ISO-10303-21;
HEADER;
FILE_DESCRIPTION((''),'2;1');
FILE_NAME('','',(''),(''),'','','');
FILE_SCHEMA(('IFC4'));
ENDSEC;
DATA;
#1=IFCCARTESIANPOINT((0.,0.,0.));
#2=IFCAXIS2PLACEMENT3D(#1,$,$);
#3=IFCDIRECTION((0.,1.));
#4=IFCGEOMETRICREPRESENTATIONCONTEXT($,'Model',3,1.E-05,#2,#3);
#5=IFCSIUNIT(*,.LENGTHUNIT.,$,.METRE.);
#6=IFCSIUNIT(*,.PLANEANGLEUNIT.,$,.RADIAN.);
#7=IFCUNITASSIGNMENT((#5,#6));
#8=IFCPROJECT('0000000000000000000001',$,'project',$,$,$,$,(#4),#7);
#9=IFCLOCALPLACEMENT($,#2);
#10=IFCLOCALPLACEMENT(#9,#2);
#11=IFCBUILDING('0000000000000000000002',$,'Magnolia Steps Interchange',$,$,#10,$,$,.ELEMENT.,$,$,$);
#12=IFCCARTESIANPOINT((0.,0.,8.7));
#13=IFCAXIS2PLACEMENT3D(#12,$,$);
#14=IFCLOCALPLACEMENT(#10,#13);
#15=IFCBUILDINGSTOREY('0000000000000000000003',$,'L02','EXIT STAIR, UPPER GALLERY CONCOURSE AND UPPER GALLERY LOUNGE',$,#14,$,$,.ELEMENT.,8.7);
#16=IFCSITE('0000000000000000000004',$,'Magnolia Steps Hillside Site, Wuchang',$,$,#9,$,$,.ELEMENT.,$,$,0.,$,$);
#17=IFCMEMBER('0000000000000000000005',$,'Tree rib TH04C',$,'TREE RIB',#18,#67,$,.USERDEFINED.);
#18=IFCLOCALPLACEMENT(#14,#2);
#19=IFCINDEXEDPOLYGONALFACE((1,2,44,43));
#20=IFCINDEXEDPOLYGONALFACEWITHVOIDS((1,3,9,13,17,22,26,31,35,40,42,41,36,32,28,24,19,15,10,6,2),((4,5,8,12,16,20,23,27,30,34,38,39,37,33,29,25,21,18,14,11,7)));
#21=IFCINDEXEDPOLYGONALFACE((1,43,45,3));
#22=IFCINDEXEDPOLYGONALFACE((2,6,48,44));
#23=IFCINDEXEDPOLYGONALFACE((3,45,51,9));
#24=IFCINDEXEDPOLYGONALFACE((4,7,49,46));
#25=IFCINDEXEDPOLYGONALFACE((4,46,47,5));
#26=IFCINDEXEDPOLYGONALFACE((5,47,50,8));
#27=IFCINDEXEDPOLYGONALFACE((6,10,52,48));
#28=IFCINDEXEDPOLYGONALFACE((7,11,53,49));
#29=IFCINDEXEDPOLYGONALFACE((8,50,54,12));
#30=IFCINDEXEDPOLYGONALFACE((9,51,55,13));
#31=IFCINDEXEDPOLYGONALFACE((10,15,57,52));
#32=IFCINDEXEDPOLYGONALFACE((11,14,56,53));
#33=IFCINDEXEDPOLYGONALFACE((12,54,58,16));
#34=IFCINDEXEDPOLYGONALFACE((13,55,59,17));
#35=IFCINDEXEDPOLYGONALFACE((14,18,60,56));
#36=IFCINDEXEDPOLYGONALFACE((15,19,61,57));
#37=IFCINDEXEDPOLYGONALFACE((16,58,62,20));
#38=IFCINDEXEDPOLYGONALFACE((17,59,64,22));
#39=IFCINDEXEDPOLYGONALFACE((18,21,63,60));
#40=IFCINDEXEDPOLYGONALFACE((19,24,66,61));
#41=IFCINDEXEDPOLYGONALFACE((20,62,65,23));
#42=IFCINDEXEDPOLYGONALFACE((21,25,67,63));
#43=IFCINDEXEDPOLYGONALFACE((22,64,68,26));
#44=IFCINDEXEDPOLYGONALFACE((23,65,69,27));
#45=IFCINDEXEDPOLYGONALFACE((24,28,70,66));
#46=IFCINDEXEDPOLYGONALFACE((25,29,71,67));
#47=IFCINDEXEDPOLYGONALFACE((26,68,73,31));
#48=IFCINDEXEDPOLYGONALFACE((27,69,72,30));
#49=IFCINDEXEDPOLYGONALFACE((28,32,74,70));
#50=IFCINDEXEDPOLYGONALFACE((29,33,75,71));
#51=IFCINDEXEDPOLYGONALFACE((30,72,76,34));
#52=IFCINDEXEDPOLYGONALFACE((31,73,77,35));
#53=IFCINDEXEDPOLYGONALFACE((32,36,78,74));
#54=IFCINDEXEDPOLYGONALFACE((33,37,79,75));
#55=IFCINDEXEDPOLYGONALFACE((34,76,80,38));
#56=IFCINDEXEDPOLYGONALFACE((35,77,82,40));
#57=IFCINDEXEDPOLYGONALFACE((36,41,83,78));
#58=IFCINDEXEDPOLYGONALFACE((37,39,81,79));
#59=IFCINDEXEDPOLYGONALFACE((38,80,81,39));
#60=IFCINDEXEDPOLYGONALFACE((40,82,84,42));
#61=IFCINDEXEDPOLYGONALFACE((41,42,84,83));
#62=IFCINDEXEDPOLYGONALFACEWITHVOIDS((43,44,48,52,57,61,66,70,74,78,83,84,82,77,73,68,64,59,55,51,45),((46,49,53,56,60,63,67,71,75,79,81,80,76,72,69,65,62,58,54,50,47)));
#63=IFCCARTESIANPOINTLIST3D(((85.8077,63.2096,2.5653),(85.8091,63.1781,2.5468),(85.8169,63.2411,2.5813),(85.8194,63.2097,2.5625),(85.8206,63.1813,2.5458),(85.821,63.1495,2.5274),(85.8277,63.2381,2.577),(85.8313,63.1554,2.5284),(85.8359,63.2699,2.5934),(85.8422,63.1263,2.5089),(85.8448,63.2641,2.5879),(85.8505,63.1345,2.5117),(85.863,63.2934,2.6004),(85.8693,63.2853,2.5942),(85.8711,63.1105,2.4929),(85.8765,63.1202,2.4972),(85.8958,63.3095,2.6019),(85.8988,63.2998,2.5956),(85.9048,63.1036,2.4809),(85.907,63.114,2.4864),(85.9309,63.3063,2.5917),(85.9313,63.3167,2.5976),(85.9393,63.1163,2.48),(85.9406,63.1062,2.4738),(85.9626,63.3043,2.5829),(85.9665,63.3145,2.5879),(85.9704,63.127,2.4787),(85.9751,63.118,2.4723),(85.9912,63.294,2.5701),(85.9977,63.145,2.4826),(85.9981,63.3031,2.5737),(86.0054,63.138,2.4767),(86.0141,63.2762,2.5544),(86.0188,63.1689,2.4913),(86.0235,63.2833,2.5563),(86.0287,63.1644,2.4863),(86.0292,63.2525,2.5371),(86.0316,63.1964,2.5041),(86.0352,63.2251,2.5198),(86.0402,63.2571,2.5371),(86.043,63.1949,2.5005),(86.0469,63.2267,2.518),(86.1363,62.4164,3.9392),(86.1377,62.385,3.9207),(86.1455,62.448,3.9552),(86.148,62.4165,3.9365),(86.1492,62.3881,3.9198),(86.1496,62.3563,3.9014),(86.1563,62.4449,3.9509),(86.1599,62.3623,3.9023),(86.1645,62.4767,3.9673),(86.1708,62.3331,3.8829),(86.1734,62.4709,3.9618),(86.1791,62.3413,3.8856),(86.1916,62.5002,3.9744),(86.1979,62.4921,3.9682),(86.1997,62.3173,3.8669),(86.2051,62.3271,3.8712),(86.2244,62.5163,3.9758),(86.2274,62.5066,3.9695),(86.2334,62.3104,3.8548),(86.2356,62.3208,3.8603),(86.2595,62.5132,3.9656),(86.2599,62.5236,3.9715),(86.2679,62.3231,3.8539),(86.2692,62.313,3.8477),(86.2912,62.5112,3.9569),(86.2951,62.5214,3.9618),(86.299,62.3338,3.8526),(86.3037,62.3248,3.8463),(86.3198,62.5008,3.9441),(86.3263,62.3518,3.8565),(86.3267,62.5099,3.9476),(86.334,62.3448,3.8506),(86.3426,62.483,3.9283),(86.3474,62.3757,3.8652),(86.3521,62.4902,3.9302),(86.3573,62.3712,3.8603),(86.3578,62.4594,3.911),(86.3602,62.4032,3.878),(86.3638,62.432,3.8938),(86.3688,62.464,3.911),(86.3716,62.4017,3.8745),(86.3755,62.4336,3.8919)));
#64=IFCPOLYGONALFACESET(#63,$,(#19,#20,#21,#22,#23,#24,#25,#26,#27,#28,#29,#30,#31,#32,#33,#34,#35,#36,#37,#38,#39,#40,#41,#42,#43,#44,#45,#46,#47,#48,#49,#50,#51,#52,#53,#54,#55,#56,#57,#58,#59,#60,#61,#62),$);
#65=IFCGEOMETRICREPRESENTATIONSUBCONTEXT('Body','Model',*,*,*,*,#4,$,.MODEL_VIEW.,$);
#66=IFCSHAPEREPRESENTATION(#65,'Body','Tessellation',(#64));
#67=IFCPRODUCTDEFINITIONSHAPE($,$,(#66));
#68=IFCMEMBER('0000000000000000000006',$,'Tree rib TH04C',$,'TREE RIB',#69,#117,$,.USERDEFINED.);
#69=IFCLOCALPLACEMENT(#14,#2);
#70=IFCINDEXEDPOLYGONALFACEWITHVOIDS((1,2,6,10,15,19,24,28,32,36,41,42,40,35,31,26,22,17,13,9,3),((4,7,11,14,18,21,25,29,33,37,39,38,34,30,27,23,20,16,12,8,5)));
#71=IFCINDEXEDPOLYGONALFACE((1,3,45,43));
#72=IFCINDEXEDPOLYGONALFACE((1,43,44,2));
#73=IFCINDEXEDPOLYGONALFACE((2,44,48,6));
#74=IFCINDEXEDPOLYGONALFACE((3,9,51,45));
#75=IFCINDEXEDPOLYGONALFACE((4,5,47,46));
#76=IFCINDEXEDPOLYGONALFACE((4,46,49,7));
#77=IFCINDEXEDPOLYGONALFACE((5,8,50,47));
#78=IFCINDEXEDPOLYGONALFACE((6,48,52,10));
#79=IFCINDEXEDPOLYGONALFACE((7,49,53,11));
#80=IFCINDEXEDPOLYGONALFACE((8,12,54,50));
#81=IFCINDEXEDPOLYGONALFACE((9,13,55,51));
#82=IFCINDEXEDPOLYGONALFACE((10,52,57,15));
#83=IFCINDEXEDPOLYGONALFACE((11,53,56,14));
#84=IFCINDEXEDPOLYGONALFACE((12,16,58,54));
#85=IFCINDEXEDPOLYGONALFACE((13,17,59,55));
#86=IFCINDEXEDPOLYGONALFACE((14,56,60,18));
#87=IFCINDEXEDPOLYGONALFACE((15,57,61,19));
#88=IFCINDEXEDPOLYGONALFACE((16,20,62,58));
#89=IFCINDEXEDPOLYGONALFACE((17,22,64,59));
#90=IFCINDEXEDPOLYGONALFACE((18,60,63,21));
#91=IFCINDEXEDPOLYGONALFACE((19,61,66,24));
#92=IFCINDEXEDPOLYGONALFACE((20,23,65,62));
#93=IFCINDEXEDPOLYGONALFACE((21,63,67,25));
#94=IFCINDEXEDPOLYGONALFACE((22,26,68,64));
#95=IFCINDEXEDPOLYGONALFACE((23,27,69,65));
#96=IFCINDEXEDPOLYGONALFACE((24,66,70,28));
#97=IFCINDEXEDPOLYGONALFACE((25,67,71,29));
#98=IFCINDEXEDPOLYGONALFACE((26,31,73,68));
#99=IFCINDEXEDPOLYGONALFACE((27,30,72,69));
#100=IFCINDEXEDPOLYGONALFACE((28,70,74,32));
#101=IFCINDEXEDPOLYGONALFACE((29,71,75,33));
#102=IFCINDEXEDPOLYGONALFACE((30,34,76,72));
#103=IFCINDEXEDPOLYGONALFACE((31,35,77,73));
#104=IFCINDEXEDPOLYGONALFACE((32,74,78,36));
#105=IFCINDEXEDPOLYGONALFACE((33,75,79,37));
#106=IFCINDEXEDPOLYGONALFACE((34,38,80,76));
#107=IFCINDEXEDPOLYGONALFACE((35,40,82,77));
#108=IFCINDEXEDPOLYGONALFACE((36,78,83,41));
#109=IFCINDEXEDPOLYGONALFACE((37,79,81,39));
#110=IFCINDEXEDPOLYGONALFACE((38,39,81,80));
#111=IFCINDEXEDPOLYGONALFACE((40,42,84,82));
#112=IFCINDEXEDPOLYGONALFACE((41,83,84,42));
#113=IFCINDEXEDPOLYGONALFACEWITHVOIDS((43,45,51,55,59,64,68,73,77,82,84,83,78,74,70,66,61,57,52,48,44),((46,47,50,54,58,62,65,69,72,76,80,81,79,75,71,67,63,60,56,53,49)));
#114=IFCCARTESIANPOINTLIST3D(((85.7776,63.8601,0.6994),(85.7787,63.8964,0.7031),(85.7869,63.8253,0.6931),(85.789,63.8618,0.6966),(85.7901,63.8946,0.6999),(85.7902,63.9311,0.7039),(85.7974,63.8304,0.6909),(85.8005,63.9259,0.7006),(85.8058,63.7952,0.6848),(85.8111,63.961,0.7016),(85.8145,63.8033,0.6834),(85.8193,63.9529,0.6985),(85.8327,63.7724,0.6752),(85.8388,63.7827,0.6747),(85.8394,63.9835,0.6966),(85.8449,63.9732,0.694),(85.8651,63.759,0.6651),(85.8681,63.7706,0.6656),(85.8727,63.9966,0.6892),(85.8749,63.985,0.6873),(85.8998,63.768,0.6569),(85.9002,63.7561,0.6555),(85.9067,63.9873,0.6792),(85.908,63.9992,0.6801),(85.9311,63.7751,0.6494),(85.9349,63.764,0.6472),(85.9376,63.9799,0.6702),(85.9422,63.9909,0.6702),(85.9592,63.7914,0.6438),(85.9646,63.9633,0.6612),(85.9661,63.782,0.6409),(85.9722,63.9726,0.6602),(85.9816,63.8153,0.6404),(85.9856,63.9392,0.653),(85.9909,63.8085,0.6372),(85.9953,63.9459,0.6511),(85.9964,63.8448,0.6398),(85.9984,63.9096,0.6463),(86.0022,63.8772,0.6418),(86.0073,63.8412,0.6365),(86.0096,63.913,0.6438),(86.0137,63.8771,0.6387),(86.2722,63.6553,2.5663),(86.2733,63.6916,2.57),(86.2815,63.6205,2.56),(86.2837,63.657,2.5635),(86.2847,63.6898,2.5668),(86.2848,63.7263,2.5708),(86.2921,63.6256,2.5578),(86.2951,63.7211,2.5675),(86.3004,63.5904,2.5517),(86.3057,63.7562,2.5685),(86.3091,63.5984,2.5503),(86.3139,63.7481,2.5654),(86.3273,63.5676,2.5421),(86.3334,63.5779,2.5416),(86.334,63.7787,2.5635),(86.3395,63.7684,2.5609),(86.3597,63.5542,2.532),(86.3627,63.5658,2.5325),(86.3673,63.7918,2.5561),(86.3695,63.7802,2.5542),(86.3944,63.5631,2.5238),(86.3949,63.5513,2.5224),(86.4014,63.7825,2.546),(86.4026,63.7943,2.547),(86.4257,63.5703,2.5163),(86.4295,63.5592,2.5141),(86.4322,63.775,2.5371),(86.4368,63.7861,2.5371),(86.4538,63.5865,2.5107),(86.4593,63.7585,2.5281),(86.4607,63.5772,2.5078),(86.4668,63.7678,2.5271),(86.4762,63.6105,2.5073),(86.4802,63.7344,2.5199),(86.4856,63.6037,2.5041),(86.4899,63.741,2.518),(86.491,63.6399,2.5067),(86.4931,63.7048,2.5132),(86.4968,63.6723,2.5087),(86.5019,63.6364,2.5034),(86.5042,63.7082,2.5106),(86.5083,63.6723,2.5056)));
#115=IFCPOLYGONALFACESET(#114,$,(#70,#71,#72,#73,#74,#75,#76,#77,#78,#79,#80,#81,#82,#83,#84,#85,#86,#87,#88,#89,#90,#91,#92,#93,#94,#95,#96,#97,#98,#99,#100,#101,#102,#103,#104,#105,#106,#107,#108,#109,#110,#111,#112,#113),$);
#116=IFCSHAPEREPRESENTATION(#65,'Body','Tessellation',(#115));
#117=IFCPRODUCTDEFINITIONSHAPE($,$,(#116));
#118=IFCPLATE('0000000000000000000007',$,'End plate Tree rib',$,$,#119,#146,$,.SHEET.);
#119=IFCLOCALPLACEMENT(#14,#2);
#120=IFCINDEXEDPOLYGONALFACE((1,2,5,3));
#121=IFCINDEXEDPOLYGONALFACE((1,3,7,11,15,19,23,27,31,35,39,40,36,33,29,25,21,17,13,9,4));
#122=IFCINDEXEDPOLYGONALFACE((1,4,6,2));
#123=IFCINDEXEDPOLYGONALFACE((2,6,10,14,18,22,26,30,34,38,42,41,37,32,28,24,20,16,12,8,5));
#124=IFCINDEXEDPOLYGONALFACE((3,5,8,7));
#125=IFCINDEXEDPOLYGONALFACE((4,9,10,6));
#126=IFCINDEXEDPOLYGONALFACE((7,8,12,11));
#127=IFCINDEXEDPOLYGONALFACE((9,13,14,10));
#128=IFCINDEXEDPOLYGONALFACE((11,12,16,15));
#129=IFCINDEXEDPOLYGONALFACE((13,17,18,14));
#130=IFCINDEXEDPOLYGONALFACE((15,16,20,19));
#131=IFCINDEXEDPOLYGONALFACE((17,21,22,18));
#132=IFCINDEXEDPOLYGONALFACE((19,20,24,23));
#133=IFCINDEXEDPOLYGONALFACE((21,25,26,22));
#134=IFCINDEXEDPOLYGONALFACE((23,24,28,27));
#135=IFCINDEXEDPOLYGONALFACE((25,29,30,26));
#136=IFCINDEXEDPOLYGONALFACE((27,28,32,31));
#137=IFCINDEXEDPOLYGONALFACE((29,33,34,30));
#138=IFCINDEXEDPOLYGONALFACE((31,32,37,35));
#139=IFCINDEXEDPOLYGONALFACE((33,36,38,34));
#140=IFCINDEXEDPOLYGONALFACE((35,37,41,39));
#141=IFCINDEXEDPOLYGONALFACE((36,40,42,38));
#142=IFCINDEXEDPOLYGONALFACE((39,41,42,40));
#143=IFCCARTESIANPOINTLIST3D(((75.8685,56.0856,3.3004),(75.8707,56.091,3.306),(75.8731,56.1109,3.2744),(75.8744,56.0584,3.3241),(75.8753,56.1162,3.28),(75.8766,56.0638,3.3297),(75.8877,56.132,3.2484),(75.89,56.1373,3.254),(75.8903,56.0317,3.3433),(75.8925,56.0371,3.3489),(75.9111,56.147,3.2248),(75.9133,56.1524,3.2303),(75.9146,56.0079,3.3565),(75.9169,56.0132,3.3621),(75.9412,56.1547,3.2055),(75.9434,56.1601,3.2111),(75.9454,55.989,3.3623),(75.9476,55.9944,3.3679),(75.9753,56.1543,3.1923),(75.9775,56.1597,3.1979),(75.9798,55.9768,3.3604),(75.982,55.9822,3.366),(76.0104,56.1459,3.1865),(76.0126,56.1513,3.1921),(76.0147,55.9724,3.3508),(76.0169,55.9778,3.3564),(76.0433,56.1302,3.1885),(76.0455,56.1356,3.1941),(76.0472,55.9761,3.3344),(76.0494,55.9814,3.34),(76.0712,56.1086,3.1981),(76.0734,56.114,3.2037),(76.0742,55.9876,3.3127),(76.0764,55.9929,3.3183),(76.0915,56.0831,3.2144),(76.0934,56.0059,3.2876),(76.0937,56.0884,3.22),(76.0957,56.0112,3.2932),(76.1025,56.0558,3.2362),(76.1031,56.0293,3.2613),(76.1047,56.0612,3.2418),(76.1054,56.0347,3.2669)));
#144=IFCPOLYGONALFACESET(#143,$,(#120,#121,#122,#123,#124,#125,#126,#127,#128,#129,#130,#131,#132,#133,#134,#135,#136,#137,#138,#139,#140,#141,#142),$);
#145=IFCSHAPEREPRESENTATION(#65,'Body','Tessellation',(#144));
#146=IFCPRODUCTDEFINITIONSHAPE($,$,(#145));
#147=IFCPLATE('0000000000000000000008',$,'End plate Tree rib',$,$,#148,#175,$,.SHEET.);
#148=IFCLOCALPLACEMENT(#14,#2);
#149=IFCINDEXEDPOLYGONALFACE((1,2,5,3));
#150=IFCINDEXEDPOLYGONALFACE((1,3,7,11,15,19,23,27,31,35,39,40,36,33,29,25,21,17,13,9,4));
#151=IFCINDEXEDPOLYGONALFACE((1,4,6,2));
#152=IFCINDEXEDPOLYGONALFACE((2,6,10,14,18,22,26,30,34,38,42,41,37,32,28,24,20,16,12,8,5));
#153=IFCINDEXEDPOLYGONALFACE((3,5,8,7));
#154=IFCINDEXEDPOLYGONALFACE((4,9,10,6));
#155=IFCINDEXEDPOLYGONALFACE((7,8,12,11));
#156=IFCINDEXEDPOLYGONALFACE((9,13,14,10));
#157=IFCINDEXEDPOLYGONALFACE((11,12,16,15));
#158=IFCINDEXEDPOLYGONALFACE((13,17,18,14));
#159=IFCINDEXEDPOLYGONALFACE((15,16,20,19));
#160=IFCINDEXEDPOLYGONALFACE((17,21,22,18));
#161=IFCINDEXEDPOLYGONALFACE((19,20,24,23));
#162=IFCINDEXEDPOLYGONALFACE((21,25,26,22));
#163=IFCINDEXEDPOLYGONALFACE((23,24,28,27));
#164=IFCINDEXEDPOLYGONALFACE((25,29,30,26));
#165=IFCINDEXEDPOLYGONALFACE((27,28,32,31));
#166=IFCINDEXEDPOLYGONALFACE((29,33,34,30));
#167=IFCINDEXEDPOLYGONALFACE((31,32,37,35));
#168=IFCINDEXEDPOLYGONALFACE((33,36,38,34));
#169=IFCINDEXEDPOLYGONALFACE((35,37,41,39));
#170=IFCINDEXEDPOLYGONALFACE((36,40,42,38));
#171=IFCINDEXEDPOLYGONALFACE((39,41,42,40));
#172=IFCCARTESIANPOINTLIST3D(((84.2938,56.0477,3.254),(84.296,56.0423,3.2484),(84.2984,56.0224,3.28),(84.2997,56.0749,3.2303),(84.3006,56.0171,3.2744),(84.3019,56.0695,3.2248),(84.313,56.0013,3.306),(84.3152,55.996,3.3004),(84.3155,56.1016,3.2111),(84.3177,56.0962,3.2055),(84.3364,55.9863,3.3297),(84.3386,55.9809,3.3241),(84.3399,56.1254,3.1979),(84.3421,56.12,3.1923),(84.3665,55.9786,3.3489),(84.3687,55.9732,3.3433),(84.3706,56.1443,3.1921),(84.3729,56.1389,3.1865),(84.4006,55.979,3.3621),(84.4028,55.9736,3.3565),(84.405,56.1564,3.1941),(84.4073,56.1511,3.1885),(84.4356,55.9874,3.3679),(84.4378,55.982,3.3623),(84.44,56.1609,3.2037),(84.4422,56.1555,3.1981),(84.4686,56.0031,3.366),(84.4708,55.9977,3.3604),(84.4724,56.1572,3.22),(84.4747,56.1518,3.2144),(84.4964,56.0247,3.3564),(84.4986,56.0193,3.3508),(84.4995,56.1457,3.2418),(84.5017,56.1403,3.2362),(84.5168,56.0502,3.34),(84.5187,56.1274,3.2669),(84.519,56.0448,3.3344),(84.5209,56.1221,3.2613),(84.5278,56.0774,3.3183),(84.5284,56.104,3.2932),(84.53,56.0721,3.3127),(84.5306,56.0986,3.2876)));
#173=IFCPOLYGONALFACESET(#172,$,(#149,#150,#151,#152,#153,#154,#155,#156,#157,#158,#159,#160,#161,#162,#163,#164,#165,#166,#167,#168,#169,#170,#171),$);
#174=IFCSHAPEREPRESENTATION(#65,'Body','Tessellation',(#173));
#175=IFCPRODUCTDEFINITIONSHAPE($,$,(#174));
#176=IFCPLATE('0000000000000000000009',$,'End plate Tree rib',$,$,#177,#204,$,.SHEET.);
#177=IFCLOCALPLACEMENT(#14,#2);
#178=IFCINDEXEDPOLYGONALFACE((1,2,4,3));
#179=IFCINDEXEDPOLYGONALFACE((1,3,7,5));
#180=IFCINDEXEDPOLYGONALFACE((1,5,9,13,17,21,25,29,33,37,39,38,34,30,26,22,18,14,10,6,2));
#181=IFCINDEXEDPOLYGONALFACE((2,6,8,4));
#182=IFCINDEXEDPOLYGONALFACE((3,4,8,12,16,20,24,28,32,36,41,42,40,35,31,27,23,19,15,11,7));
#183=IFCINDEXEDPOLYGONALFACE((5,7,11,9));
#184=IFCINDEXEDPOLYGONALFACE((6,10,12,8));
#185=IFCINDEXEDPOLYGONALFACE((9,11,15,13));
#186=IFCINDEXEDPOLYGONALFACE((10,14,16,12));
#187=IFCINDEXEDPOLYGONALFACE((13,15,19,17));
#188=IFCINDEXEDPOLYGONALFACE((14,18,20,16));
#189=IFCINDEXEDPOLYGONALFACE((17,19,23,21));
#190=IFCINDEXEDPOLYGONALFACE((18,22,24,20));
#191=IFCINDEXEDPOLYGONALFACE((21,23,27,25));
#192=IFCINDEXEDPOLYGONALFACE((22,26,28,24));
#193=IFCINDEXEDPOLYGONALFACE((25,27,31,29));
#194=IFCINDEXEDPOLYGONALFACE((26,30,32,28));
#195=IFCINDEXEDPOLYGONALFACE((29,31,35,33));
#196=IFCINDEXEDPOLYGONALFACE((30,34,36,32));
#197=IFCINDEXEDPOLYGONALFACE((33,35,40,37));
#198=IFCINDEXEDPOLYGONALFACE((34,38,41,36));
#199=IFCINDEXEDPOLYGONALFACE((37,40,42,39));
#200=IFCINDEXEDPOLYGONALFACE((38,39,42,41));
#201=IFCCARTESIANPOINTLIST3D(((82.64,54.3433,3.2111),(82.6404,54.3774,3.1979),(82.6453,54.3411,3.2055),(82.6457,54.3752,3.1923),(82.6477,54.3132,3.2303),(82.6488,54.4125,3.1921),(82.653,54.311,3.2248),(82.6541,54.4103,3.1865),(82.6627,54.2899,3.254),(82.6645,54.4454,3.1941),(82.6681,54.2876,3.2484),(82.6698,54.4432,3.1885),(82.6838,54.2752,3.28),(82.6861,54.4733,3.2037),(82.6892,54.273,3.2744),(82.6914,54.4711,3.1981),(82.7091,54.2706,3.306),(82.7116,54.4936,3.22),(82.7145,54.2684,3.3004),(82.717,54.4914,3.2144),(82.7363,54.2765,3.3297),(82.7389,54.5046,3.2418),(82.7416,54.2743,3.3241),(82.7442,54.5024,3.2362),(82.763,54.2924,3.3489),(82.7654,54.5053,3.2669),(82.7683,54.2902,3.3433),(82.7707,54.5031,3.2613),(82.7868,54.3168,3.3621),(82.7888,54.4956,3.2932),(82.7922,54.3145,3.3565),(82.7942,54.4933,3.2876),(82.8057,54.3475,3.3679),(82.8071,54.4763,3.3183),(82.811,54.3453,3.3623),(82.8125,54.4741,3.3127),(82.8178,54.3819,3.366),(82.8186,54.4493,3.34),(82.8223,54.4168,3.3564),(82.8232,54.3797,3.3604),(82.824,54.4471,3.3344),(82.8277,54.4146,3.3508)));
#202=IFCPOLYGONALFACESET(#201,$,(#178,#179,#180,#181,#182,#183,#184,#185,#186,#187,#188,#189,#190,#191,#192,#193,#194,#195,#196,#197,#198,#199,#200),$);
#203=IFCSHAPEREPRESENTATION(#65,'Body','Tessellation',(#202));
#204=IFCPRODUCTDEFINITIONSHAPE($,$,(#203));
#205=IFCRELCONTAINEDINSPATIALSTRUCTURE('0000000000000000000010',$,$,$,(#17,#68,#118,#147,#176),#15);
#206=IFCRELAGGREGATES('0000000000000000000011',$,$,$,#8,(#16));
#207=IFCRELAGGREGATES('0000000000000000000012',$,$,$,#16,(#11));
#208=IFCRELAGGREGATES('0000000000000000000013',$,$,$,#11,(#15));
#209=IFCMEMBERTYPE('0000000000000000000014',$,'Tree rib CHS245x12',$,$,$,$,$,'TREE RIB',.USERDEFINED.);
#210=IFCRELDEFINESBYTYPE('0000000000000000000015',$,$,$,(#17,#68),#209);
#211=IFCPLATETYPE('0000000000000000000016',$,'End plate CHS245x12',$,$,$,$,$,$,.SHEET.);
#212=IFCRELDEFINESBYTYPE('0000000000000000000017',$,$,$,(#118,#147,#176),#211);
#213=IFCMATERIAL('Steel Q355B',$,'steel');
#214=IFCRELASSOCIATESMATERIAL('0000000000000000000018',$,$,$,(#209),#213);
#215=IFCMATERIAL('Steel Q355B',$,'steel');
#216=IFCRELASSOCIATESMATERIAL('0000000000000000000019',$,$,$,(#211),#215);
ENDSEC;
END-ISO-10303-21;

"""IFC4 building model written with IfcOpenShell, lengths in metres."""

from ifc_helpers import new_model, si_unit, direction, frame, origin, origin_2d, place, context, subcontext, project, spatial, circle, hollow_circle, extrude, material, material_profile, profile_set, type_object, element, save


model = new_model("IFC4")

# Units and contexts
model_context = context("Model", 3, precision=1e-05, world=origin(), true_north=direction((0.0, 1.0)))
body_context = subcontext(model_context, "Body", "Model", "MODEL_VIEW")
ifc_project = project(units=[si_unit("LENGTHUNIT", "METRE"), si_unit("PLANEANGLEUNIT", "RADIAN")], contexts=[model_context])

# Site, building, storey
site_placement = place(None, origin())
site = spatial("IfcSite", under=ifc_project, at=site_placement, Name="Magnolia Steps Hillside Site, Wuchang", CompositionType="ELEMENT", RefElevation=0.0)
building_placement = place(site_placement, origin())
building = spatial("IfcBuilding", under=site, at=building_placement, Name="Magnolia Steps Interchange", CompositionType="ELEMENT")
storey_placement = place(building_placement, frame((0.0, 0.0, 8.7)))
storey = spatial("IfcBuildingStorey", under=building, at=storey_placement, Name="L02", Description="EXIT STAIR, UPPER GALLERY CONCOURSE AND UPPER GALLERY LOUNGE", CompositionType="ELEMENT", Elevation=8.7)

# Members
ifc_material_1 = material(Name="Steel Q355B", Category="steel")
ifc_material_profile_1 = material_profile(ifc_material_1, hollow_circle(Radius=0.1226, WallThickness=0.012, at=origin_2d()), Name="CHS245x12")
ifc_profile_set_1 = profile_set([ifc_material_profile_1], Name="Steel Q355B")
member_type = type_object("IfcMemberType", Name="Tree rib CHS245x12", ElementType="TREE RIB", PredefinedType="USERDEFINED", material=ifc_profile_set_1)
member_1_placement = place(storey_placement, frame((85.927, 63.2102, 2.5371), z_axis=(0.20282, -0.489571, 0.848047), x_axis=(0.923857, 0.382737, 0.0)))
element("IfcMember", 1, at=member_1_placement, inside=storey, type_object=member_type, Name="Tree rib TH04C", ObjectType="TREE RIB", PredefinedType="USERDEFINED", context=body_context, shape_type="SweptSolid", body=[
    extrude(hollow_circle(Radius=0.1226, WallThickness=0.012, at=origin_2d()), origin(), (0.0, 0.0, 1.0), 1.6201),
])
member_2_placement = place(storey_placement, frame((85.8953, 63.8777, 0.6702), z_axis=(0.254676, -0.105466, 0.961258), x_axis=(0.382607, 0.923911, 0.0)))
element("IfcMember", 2, at=member_2_placement, inside=storey, type_object=member_type, Name="Tree rib TH04C", ObjectType="TREE RIB", PredefinedType="USERDEFINED", context=body_context, shape_type="SweptSolid", body=[
    extrude(hollow_circle(Radius=0.1226, WallThickness=0.012, at=origin_2d()), origin(), (0.0, 0.0, 1.0), 1.9421),
])

# Plates
ifc_material_2 = material(Name="Steel Q355B", Category="steel")
ifc_material_profile_2 = material_profile(ifc_material_2, circle(Radius=0.1226, at=origin_2d()), Name="End plate CHS245x12")
ifc_profile_set_2 = profile_set([ifc_material_profile_2], Name="Steel Q355B")
plate_type_1 = type_object("IfcPlateType", Name="End plate CHS245x12", PredefinedType="SHEET", material=ifc_profile_set_2)
for number, where, z_axis, x_axis, name in (
    (3, (75.9863, 56.064, 3.2744), (0.275279, 0.664583, 0.694658), (-0.92388, 0.382683, 0.0), "End plate Tree rib"),
    (4, (84.4138, 56.064, 3.2744), (-0.275279, 0.664583, 0.694658), (-0.92388, -0.382683, 0.0), "End plate Tree rib"),
    (5, (82.7361, 54.3862, 3.2744), (-0.664583, 0.275279, 0.694658), (-0.382683, -0.92388, 0.0), "End plate Tree rib"),
):
    element("IfcPlate", number, at=place(storey_placement, frame(where, z_axis=z_axis, x_axis=x_axis)), inside=storey, type_object=plate_type_1, Name=name, PredefinedType="SHEET", context=body_context, shape_type="SweptSolid", body=[
        extrude(circle(Radius=0.1226, at=origin_2d()), origin(), (0.0, 0.0, 1.0), 0.0081),
    ])

save(model, "model.ifc")
